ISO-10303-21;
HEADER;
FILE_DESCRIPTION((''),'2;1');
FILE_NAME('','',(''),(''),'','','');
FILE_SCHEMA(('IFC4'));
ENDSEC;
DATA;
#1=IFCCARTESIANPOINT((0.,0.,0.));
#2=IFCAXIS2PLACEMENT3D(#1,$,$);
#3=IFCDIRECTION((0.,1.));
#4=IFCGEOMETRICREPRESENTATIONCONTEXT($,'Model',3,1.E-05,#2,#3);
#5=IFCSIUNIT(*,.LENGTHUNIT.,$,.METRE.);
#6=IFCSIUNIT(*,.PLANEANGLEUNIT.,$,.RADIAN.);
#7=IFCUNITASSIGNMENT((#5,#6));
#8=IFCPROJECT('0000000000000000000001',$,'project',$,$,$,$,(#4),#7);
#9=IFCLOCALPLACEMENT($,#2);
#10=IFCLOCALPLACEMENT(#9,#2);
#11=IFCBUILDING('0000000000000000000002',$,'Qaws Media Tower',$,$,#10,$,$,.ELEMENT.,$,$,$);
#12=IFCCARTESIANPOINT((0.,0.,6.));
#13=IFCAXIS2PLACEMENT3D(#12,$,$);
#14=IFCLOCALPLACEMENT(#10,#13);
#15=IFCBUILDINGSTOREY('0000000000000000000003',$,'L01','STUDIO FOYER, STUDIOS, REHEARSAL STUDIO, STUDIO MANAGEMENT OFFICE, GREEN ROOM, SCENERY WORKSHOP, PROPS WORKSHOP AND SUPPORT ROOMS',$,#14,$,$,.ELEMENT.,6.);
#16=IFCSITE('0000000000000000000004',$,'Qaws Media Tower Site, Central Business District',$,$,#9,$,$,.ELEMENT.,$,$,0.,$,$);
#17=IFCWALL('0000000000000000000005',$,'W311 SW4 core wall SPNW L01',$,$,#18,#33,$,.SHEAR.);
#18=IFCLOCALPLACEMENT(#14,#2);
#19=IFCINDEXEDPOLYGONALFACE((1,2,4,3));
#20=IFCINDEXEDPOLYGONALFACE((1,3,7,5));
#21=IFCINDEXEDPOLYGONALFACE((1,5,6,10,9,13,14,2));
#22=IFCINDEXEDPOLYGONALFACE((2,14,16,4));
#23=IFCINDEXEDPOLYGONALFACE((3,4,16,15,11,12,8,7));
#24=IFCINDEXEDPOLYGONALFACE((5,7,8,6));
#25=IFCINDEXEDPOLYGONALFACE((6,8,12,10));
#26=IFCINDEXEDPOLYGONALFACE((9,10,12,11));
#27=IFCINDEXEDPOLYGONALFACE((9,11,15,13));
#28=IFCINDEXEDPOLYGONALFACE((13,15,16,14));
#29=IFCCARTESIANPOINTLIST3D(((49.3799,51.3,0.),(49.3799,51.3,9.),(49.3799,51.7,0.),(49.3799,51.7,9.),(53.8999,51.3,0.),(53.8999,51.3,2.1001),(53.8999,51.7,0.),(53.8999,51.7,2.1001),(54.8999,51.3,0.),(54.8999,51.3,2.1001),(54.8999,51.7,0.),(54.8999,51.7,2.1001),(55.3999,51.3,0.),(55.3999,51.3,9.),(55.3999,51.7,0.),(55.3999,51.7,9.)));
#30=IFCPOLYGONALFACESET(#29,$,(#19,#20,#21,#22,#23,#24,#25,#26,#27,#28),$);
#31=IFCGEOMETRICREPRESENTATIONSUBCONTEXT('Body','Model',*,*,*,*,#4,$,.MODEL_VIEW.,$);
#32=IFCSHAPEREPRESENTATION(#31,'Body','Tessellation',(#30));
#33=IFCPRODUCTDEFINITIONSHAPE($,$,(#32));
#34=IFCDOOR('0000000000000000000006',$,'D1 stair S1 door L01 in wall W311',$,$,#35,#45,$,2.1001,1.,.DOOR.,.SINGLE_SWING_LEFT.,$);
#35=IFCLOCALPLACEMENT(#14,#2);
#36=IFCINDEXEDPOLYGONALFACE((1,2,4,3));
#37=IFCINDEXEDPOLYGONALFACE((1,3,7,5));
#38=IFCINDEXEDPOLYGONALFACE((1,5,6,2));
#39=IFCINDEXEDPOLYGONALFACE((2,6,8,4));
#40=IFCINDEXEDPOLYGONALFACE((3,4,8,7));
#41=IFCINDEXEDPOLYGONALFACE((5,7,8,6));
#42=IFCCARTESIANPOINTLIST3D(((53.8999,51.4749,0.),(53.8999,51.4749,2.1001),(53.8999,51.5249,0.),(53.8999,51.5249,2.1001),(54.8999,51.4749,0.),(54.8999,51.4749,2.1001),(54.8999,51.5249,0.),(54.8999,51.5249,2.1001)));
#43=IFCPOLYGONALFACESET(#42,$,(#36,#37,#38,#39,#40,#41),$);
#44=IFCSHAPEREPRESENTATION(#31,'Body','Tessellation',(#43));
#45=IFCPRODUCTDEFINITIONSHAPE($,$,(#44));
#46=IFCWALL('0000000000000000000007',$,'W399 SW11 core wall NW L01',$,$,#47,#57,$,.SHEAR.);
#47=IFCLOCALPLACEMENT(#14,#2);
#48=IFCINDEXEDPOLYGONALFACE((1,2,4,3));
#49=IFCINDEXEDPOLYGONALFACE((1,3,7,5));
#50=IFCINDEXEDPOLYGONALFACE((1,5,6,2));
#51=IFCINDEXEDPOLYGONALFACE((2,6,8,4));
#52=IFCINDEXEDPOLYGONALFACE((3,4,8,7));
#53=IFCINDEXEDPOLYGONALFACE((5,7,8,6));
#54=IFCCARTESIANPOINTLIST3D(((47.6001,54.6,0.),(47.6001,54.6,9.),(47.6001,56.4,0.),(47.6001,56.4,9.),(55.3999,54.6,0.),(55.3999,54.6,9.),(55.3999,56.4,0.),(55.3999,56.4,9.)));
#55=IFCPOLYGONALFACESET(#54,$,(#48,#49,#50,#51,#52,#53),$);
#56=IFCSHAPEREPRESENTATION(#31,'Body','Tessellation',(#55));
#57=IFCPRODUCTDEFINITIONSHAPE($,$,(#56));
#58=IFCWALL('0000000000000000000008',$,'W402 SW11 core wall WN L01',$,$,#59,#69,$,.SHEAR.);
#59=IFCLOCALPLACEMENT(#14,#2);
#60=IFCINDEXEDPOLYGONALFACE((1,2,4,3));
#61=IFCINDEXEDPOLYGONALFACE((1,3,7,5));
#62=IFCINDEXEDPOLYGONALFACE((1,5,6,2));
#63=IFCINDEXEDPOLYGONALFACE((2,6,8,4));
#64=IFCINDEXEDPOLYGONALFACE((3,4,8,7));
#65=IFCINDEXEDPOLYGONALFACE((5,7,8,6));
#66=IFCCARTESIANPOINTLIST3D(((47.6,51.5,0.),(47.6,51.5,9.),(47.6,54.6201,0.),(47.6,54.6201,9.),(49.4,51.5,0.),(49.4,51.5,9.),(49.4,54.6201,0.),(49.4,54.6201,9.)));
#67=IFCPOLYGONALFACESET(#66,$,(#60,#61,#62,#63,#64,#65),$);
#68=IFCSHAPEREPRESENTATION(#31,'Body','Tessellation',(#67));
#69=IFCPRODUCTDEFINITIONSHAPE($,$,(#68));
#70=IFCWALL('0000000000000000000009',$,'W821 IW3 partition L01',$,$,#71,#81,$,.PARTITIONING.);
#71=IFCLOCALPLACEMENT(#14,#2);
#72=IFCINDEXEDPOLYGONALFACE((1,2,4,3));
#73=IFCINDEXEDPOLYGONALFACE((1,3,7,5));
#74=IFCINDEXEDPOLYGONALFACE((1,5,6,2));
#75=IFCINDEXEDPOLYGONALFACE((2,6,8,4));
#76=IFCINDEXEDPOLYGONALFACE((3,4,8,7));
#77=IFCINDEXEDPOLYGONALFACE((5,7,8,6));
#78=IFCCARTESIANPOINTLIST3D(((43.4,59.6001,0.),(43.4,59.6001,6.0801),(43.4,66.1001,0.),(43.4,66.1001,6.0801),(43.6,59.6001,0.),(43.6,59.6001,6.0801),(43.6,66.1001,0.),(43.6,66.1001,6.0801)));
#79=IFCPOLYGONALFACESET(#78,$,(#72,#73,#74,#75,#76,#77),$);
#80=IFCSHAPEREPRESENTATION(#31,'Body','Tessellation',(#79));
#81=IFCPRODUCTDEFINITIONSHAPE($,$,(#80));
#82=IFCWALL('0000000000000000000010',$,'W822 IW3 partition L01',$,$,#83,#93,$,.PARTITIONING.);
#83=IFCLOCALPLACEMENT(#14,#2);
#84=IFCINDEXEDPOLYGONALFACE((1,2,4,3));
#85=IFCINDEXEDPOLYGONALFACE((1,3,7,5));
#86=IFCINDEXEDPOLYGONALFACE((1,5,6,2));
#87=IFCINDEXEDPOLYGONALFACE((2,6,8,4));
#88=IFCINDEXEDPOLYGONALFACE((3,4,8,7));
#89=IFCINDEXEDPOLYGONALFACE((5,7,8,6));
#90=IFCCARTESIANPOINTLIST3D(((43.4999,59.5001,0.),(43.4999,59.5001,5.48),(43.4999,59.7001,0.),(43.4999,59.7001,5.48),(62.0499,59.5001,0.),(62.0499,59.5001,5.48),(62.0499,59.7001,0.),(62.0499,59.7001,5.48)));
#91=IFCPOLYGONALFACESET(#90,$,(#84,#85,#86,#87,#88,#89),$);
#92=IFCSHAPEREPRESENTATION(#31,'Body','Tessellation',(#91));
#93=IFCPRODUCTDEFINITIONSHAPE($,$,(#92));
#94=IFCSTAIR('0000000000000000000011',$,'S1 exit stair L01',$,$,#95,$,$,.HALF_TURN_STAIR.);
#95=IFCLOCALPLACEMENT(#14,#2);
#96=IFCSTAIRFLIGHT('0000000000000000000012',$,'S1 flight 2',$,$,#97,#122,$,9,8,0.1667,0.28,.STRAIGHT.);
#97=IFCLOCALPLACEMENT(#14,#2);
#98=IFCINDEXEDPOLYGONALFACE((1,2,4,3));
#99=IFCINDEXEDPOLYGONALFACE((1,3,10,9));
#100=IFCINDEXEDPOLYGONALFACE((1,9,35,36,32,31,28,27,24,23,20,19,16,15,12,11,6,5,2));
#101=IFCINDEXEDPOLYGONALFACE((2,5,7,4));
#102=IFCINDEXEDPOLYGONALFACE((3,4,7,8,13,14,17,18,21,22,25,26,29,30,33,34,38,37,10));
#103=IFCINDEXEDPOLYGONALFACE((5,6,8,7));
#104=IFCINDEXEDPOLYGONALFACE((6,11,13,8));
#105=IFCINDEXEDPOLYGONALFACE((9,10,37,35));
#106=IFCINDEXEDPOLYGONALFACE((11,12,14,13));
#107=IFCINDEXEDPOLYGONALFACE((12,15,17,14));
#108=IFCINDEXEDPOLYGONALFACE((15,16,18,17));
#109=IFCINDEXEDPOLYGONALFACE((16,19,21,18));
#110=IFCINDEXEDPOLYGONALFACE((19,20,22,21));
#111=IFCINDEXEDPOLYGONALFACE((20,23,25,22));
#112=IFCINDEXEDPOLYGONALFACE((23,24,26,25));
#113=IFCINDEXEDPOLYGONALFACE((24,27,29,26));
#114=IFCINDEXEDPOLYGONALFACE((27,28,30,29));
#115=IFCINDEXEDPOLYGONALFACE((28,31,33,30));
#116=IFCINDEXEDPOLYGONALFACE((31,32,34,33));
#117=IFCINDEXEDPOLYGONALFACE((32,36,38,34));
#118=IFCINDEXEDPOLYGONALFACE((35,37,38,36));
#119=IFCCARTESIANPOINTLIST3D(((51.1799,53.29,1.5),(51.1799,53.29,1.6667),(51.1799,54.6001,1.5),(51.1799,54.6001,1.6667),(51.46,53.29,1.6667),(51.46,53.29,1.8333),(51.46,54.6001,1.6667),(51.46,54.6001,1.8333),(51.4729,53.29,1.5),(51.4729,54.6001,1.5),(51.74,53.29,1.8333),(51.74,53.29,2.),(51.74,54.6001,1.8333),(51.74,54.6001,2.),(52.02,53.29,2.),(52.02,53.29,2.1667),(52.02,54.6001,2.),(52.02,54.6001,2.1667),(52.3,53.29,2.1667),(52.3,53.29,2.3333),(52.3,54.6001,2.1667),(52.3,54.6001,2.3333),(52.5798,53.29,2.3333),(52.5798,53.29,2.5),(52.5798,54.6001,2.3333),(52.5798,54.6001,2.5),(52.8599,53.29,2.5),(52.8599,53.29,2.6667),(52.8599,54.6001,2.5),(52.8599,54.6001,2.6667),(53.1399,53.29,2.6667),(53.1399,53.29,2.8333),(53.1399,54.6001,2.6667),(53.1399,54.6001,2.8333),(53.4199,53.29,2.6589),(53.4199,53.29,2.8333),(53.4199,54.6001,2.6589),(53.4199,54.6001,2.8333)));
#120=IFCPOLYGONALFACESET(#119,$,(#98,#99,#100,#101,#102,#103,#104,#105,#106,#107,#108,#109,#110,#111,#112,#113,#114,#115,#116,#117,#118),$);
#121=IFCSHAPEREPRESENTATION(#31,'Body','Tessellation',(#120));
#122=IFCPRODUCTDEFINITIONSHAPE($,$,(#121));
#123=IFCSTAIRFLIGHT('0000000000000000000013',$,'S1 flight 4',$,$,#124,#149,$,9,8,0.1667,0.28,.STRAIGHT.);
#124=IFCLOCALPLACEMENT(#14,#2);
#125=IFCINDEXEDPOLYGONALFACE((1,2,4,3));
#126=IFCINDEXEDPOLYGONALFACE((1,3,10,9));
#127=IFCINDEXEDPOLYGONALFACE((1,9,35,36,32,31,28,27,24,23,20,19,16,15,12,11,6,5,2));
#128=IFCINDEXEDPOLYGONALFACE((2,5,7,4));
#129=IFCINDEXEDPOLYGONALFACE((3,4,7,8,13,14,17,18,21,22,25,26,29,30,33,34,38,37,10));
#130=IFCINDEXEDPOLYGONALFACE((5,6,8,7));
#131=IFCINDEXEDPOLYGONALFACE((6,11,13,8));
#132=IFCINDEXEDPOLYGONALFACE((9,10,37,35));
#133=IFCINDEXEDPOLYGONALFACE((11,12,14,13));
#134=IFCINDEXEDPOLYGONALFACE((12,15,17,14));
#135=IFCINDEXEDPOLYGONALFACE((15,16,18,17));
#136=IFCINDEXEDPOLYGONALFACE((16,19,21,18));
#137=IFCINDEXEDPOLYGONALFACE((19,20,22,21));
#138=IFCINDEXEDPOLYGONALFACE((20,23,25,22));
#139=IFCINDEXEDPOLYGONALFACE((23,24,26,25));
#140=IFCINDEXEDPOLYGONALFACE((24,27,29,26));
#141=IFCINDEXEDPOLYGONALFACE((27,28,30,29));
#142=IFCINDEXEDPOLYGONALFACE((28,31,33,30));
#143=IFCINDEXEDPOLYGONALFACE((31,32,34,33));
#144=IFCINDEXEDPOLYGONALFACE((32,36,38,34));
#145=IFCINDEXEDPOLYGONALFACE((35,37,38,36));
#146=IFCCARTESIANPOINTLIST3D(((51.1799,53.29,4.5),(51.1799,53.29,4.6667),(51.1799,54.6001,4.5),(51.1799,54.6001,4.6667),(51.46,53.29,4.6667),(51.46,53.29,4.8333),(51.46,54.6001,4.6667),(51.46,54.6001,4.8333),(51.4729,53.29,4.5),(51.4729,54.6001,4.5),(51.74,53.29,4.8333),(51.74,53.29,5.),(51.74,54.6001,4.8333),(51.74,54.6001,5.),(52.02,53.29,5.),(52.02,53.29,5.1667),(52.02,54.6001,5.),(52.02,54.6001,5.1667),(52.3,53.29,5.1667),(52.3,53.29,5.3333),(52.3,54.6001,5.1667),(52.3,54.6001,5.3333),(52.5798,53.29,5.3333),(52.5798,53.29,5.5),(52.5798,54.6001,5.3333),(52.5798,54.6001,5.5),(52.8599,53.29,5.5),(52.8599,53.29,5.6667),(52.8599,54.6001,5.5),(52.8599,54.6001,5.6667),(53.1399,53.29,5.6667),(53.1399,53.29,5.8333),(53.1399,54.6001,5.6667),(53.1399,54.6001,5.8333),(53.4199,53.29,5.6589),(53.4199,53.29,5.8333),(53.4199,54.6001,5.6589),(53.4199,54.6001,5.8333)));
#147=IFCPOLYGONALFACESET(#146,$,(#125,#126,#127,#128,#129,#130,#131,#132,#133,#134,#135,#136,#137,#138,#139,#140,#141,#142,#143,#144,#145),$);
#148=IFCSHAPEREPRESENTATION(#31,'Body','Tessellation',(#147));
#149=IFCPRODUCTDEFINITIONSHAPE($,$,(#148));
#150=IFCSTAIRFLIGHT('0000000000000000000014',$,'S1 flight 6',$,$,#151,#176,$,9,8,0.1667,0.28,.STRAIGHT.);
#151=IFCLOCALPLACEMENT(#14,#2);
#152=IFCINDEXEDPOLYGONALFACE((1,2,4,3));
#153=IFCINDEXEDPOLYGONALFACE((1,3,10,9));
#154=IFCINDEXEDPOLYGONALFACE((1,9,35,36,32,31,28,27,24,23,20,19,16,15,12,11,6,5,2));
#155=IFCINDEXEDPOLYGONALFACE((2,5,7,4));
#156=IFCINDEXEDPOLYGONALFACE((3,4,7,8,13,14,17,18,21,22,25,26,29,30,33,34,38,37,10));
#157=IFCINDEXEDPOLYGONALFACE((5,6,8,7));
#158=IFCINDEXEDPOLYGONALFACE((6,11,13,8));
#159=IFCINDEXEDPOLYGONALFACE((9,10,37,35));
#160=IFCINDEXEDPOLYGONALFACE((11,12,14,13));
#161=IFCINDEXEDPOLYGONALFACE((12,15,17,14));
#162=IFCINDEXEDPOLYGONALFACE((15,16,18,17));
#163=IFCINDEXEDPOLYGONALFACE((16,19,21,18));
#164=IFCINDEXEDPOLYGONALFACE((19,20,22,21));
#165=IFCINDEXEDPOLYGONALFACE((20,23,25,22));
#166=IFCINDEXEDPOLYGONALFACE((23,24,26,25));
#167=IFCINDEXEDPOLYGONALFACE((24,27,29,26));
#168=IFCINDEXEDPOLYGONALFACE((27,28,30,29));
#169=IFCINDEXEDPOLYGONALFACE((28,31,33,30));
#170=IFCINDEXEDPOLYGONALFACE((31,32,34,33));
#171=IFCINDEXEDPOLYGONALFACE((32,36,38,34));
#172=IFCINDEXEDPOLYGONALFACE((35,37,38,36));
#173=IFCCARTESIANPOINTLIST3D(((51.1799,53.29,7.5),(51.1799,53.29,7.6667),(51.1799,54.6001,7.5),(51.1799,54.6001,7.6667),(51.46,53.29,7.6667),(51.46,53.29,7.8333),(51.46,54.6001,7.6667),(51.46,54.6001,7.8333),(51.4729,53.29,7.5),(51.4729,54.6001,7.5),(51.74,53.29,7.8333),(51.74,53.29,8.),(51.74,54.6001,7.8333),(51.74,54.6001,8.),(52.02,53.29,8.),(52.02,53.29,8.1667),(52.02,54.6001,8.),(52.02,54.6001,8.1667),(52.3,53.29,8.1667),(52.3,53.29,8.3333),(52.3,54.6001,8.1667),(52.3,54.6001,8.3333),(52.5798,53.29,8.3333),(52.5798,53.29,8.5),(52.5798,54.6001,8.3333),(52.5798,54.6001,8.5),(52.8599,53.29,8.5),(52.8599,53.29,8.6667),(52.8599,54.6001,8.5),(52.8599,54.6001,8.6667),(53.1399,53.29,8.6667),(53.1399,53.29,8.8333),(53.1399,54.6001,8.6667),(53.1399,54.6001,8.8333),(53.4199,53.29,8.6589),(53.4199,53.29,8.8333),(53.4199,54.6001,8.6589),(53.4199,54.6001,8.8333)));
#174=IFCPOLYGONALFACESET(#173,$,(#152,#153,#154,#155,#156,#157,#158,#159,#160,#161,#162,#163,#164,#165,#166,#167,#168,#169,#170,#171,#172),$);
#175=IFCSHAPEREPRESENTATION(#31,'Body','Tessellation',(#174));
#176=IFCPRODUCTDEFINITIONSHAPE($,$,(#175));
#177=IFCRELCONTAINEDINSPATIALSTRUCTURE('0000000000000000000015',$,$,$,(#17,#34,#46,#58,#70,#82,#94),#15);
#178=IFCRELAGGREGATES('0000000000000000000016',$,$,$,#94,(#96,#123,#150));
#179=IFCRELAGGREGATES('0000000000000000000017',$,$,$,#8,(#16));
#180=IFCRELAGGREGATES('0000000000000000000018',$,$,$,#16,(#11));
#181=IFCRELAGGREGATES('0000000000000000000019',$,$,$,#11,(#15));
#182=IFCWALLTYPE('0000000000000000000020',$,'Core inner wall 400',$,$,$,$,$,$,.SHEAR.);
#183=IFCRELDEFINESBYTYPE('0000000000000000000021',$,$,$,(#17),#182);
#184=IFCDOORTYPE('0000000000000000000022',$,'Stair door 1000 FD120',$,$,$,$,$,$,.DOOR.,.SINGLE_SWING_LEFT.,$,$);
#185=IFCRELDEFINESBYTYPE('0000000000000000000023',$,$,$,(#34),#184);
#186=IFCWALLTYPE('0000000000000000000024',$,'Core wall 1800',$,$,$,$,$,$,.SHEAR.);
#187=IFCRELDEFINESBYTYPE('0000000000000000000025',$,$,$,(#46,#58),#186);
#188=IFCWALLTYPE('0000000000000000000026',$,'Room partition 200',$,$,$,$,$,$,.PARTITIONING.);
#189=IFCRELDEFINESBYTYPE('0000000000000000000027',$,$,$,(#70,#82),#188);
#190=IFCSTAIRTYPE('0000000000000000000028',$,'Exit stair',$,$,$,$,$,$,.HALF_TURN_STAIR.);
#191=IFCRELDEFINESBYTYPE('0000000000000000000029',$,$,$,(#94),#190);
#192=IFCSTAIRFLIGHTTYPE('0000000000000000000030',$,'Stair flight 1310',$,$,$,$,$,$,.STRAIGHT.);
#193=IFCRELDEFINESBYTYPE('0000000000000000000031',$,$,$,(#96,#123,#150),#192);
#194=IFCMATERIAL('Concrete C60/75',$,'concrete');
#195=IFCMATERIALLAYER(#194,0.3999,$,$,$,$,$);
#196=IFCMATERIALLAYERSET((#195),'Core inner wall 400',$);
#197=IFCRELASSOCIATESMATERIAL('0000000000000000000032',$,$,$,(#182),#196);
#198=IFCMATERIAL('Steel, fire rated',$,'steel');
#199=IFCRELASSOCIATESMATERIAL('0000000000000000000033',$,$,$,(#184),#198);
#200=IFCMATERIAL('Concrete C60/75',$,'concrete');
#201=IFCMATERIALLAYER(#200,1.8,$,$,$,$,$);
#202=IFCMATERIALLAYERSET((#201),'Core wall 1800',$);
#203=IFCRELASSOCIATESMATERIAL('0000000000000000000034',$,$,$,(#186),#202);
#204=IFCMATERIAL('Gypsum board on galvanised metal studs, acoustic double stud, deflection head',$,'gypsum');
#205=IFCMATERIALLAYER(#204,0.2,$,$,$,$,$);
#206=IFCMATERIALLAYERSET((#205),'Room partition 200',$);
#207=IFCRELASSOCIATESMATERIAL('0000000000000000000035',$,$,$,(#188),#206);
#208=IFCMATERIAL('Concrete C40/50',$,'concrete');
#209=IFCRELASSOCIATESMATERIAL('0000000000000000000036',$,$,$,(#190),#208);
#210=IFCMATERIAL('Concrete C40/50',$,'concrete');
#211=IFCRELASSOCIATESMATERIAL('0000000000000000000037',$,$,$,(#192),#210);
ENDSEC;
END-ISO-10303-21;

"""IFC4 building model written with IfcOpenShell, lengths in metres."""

from ifc_helpers import new_model, si_unit, direction, frame, frame_2d, origin, place, context, subcontext, project, spatial, polyline, rectangle, outline, extrude, material, layer, layer_set, type_object, element, fill, aggregate, save


model = new_model("IFC4")

# Units and contexts
model_context = context("Model", 3, precision=1e-05, world=origin(), true_north=direction((0.0, 1.0)))
body_context = subcontext(model_context, "Body", "Model", "MODEL_VIEW")
ifc_project = project(units=[si_unit("LENGTHUNIT", "METRE"), si_unit("PLANEANGLEUNIT", "RADIAN")], contexts=[model_context])

# Site, building, storey
site_placement = place(None, origin())
site = spatial("IfcSite", under=ifc_project, at=site_placement, Name="Qaws Media Tower Site, Central Business District", CompositionType="ELEMENT", RefElevation=0.0)
building_placement = place(site_placement, origin())
building = spatial("IfcBuilding", under=site, at=building_placement, Name="Qaws Media Tower", CompositionType="ELEMENT")
storey_placement = place(building_placement, frame((0.0, 0.0, 6.0)))
storey = spatial("IfcBuildingStorey", under=building, at=storey_placement, Name="L01", Description="STUDIO FOYER, STUDIOS, REHEARSAL STUDIO, STUDIO MANAGEMENT OFFICE, GREEN ROOM, SCENERY WORKSHOP, PROPS WORKSHOP AND SUPPORT ROOMS", CompositionType="ELEMENT", Elevation=6.0)

# Wall, opening, door
ifc_material_1 = material(Name="Concrete C60/75", Category="concrete")
ifc_layer_1 = layer(ifc_material_1, 0.3999)
ifc_layer_set_1 = layer_set([ifc_layer_1], Name="Core inner wall 400")
wall_type_1 = type_object("IfcWallType", Name="Core inner wall 400", PredefinedType="SHEAR", material=ifc_layer_set_1)
wall_1_placement = place(storey_placement, frame((49.3799, 51.5, 0.0), z_axis=(0.0, 0.0, 1.0), x_axis=(1.0, 0.0, 0.0)))
wall_1 = element("IfcWall", 1, at=wall_1_placement, inside=storey, type_object=wall_type_1, Name="W311 SW4 core wall SPNW L01", PredefinedType="SHEAR", context=body_context, shape_type="SweptSolid", body=[
    extrude(rectangle(XDim=6.02, YDim=0.3999, at=frame_2d((3.01, 0.0))), origin(), (0.0, 0.0, 1.0), 9.0),
])
opening_placement = place(wall_1_placement, frame((4.52, 0.0, 0.0)))
opening = element("IfcOpeningElement", 2, at=opening_placement, cuts=wall_1, PredefinedType="OPENING", context=body_context, shape_type="SweptSolid", body=[
    extrude(rectangle(XDim=1.0, YDim=2.1001, at=frame_2d((0.5, 1.05))), frame((0.0, 0.21, 0.0), z_axis=(0.0, -1.0, 0.0), x_axis=(1.0, 0.0, 0.0)), (0.0, 0.0, 1.0), 0.4199),
])
ifc_material_2 = material(Name="Steel, fire rated", Category="steel")
door_type = type_object("IfcDoorType", Name="Stair door 1000 FD120", OperationType="SINGLE_SWING_LEFT", PredefinedType="DOOR", material=ifc_material_2)
door_placement = place(opening_placement, origin())
door = element("IfcDoor", 3, at=door_placement, inside=storey, type_object=door_type, Name="D1 stair S1 door L01 in wall W311", OperationType="SINGLE_SWING_LEFT", OverallHeight=2.1001, OverallWidth=1.0, PredefinedType="DOOR", context=body_context, shape_type="SweptSolid", body=[
    extrude(rectangle(XDim=1.0, YDim=2.1001, at=frame_2d((0.5, 1.05))), frame((0.0, 0.0249, 0.0), z_axis=(0.0, -1.0, 0.0), x_axis=(1.0, 0.0, 0.0)), (0.0, 0.0, 1.0), 0.05),
])
fill(opening, door)

# Walls
ifc_material_3 = material(Name="Concrete C60/75", Category="concrete")
ifc_layer_2 = layer(ifc_material_3, 1.8)
ifc_layer_set_2 = layer_set([ifc_layer_2], Name="Core wall 1800")
wall_type_2 = type_object("IfcWallType", Name="Core wall 1800", PredefinedType="SHEAR", material=ifc_layer_set_2)
wall_2_placement = place(storey_placement, frame((47.6001, 55.5, 0.0), z_axis=(0.0, 0.0, 1.0), x_axis=(1.0, 0.0, 0.0)))
element("IfcWall", 4, at=wall_2_placement, inside=storey, type_object=wall_type_2, Name="W399 SW11 core wall NW L01", PredefinedType="SHEAR", context=body_context, shape_type="SweptSolid", body=[
    extrude(rectangle(XDim=7.7998, YDim=1.8, at=frame_2d((3.8999, 0.0))), origin(), (0.0, 0.0, 1.0), 9.0),
])
wall_3_placement = place(storey_placement, frame((48.5, 51.5, 0.0), z_axis=(0.0, 0.0, 1.0), x_axis=(0.0, 1.0, 0.0)))
element("IfcWall", 5, at=wall_3_placement, inside=storey, type_object=wall_type_2, Name="W402 SW11 core wall WN L01", PredefinedType="SHEAR", context=body_context, shape_type="SweptSolid", body=[
    extrude(rectangle(XDim=3.1201, YDim=1.8, at=frame_2d((1.5601, 0.0))), origin(), (0.0, 0.0, 1.0), 9.0),
])
ifc_material_4 = material(Name="Gypsum board on galvanised metal studs, acoustic double stud, deflection head", Category="gypsum")
ifc_layer_3 = layer(ifc_material_4, 0.2)
ifc_layer_set_3 = layer_set([ifc_layer_3], Name="Room partition 200")
wall_type_3 = type_object("IfcWallType", Name="Room partition 200", PredefinedType="PARTITIONING", material=ifc_layer_set_3)
wall_4_placement = place(storey_placement, frame((43.5, 59.6001, 0.0), z_axis=(0.0, 0.0, 1.0), x_axis=(0.0, 1.0, 0.0)))
element("IfcWall", 6, at=wall_4_placement, inside=storey, type_object=wall_type_3, Name="W821 IW3 partition L01", PredefinedType="PARTITIONING", context=body_context, shape_type="SweptSolid", body=[
    extrude(rectangle(XDim=6.5, YDim=0.2, at=frame_2d((3.25, 0.0))), origin(), (0.0, 0.0, 1.0), 6.0801),
])
wall_5_placement = place(storey_placement, frame((43.5, 59.6001, 0.0), z_axis=(0.0, 0.0, 1.0), x_axis=(1.0, 0.0, 0.0)))
element("IfcWall", 7, at=wall_5_placement, inside=storey, type_object=wall_type_3, Name="W822 IW3 partition L01", PredefinedType="PARTITIONING", context=body_context, shape_type="SweptSolid", body=[
    extrude(rectangle(XDim=18.55, YDim=0.2, at=frame_2d((9.2749, 0.0))), origin(), (0.0, 0.0, 1.0), 5.48),
])

# Stair, stair flights
ifc_material_5 = material(Name="Concrete C40/50", Category="concrete")
stair_type = type_object("IfcStairType", Name="Exit stair", PredefinedType="HALF_TURN_STAIR", material=ifc_material_5)
stair_placement = place(storey_placement, origin())
stair = element("IfcStair", 8, at=stair_placement, inside=storey, type_object=stair_type, Name="S1 exit stair L01", PredefinedType="HALF_TURN_STAIR")
ifc_material_6 = material(Name="Concrete C40/50", Category="concrete")
stair_flight_type = type_object("IfcStairFlightType", Name="Stair flight 1310", PredefinedType="STRAIGHT", material=ifc_material_6)
stair_flight_1_placement = place(storey_placement, frame((51.1799, 53.9451, 1.5), z_axis=(0.0, 0.0, 1.0), x_axis=(1.0, 0.0, 0.0)))
stair_flight_1 = element("IfcStairFlight", 9, at=stair_flight_1_placement, type_object=stair_flight_type, Name="S1 flight 2", NumberOfRisers=9, NumberOfTreads=8, PredefinedType="STRAIGHT", RiserHeight=0.1667, TreadLength=0.28, context=body_context, shape_type="SweptSolid", body=[
    extrude(outline(polyline([(0.0, 0.0), (0.0, 0.1667), (0.28, 0.1667), (0.28, 0.3333), (0.5601, 0.3333), (0.5601, 0.5), (0.8401, 0.5), (0.8401, 0.6667), (1.1201, 0.6667), (1.1201, 0.8333), (1.3999, 0.8333), (1.3999, 1.0), (1.6799, 1.0), (1.6799, 1.1667), (1.96, 1.1667), (1.96, 1.3333), (2.24, 1.3333), (2.24, 1.5), (2.24, 1.1589), (0.293, 0.0), (0.0, 0.0)])), frame((0.0, 0.655, 0.0), z_axis=(0.0, -1.0, 0.0), x_axis=(1.0, 0.0, 0.0)), (0.0, 0.0, 1.0), 1.3101),
])
stair_flight_2_placement = place(storey_placement, frame((51.1799, 53.9451, 4.5), z_axis=(0.0, 0.0, 1.0), x_axis=(1.0, 0.0, 0.0)))
stair_flight_2 = element("IfcStairFlight", 10, at=stair_flight_2_placement, type_object=stair_flight_type, Name="S1 flight 4", NumberOfRisers=9, NumberOfTreads=8, PredefinedType="STRAIGHT", RiserHeight=0.1667, TreadLength=0.28, context=body_context, shape_type="SweptSolid", body=[
    extrude(outline(polyline([(0.0, 0.0), (0.0, 0.1667), (0.28, 0.1667), (0.28, 0.3333), (0.5601, 0.3333), (0.5601, 0.5), (0.8401, 0.5), (0.8401, 0.6667), (1.1201, 0.6667), (1.1201, 0.8333), (1.3999, 0.8333), (1.3999, 1.0), (1.6799, 1.0), (1.6799, 1.1667), (1.96, 1.1667), (1.96, 1.3333), (2.24, 1.3333), (2.24, 1.5), (2.24, 1.1589), (0.293, 0.0), (0.0, 0.0)])), frame((0.0, 0.655, 0.0), z_axis=(0.0, -1.0, 0.0), x_axis=(1.0, 0.0, 0.0)), (0.0, 0.0, 1.0), 1.3101),
])
stair_flight_3_placement = place(storey_placement, frame((51.1799, 53.9451, 7.5), z_axis=(0.0, 0.0, 1.0), x_axis=(1.0, 0.0, 0.0)))
stair_flight_3 = element("IfcStairFlight", 11, at=stair_flight_3_placement, type_object=stair_flight_type, Name="S1 flight 6", NumberOfRisers=9, NumberOfTreads=8, PredefinedType="STRAIGHT", RiserHeight=0.1667, TreadLength=0.28, context=body_context, shape_type="SweptSolid", body=[
    extrude(outline(polyline([(0.0, 0.0), (0.0, 0.1667), (0.28, 0.1667), (0.28, 0.3333), (0.5601, 0.3333), (0.5601, 0.5), (0.8401, 0.5), (0.8401, 0.6667), (1.1201, 0.6667), (1.1201, 0.8333), (1.3999, 0.8333), (1.3999, 1.0), (1.6799, 1.0), (1.6799, 1.1667), (1.96, 1.1667), (1.96, 1.3333), (2.24, 1.3333), (2.24, 1.5), (2.24, 1.1589), (0.293, 0.0), (0.0, 0.0)])), frame((0.0, 0.655, 0.0), z_axis=(0.0, -1.0, 0.0), x_axis=(1.0, 0.0, 0.0)), (0.0, 0.0, 1.0), 1.3101),
])
aggregate(stair, [stair_flight_1, stair_flight_2, stair_flight_3])

save(model, "model.ifc")
